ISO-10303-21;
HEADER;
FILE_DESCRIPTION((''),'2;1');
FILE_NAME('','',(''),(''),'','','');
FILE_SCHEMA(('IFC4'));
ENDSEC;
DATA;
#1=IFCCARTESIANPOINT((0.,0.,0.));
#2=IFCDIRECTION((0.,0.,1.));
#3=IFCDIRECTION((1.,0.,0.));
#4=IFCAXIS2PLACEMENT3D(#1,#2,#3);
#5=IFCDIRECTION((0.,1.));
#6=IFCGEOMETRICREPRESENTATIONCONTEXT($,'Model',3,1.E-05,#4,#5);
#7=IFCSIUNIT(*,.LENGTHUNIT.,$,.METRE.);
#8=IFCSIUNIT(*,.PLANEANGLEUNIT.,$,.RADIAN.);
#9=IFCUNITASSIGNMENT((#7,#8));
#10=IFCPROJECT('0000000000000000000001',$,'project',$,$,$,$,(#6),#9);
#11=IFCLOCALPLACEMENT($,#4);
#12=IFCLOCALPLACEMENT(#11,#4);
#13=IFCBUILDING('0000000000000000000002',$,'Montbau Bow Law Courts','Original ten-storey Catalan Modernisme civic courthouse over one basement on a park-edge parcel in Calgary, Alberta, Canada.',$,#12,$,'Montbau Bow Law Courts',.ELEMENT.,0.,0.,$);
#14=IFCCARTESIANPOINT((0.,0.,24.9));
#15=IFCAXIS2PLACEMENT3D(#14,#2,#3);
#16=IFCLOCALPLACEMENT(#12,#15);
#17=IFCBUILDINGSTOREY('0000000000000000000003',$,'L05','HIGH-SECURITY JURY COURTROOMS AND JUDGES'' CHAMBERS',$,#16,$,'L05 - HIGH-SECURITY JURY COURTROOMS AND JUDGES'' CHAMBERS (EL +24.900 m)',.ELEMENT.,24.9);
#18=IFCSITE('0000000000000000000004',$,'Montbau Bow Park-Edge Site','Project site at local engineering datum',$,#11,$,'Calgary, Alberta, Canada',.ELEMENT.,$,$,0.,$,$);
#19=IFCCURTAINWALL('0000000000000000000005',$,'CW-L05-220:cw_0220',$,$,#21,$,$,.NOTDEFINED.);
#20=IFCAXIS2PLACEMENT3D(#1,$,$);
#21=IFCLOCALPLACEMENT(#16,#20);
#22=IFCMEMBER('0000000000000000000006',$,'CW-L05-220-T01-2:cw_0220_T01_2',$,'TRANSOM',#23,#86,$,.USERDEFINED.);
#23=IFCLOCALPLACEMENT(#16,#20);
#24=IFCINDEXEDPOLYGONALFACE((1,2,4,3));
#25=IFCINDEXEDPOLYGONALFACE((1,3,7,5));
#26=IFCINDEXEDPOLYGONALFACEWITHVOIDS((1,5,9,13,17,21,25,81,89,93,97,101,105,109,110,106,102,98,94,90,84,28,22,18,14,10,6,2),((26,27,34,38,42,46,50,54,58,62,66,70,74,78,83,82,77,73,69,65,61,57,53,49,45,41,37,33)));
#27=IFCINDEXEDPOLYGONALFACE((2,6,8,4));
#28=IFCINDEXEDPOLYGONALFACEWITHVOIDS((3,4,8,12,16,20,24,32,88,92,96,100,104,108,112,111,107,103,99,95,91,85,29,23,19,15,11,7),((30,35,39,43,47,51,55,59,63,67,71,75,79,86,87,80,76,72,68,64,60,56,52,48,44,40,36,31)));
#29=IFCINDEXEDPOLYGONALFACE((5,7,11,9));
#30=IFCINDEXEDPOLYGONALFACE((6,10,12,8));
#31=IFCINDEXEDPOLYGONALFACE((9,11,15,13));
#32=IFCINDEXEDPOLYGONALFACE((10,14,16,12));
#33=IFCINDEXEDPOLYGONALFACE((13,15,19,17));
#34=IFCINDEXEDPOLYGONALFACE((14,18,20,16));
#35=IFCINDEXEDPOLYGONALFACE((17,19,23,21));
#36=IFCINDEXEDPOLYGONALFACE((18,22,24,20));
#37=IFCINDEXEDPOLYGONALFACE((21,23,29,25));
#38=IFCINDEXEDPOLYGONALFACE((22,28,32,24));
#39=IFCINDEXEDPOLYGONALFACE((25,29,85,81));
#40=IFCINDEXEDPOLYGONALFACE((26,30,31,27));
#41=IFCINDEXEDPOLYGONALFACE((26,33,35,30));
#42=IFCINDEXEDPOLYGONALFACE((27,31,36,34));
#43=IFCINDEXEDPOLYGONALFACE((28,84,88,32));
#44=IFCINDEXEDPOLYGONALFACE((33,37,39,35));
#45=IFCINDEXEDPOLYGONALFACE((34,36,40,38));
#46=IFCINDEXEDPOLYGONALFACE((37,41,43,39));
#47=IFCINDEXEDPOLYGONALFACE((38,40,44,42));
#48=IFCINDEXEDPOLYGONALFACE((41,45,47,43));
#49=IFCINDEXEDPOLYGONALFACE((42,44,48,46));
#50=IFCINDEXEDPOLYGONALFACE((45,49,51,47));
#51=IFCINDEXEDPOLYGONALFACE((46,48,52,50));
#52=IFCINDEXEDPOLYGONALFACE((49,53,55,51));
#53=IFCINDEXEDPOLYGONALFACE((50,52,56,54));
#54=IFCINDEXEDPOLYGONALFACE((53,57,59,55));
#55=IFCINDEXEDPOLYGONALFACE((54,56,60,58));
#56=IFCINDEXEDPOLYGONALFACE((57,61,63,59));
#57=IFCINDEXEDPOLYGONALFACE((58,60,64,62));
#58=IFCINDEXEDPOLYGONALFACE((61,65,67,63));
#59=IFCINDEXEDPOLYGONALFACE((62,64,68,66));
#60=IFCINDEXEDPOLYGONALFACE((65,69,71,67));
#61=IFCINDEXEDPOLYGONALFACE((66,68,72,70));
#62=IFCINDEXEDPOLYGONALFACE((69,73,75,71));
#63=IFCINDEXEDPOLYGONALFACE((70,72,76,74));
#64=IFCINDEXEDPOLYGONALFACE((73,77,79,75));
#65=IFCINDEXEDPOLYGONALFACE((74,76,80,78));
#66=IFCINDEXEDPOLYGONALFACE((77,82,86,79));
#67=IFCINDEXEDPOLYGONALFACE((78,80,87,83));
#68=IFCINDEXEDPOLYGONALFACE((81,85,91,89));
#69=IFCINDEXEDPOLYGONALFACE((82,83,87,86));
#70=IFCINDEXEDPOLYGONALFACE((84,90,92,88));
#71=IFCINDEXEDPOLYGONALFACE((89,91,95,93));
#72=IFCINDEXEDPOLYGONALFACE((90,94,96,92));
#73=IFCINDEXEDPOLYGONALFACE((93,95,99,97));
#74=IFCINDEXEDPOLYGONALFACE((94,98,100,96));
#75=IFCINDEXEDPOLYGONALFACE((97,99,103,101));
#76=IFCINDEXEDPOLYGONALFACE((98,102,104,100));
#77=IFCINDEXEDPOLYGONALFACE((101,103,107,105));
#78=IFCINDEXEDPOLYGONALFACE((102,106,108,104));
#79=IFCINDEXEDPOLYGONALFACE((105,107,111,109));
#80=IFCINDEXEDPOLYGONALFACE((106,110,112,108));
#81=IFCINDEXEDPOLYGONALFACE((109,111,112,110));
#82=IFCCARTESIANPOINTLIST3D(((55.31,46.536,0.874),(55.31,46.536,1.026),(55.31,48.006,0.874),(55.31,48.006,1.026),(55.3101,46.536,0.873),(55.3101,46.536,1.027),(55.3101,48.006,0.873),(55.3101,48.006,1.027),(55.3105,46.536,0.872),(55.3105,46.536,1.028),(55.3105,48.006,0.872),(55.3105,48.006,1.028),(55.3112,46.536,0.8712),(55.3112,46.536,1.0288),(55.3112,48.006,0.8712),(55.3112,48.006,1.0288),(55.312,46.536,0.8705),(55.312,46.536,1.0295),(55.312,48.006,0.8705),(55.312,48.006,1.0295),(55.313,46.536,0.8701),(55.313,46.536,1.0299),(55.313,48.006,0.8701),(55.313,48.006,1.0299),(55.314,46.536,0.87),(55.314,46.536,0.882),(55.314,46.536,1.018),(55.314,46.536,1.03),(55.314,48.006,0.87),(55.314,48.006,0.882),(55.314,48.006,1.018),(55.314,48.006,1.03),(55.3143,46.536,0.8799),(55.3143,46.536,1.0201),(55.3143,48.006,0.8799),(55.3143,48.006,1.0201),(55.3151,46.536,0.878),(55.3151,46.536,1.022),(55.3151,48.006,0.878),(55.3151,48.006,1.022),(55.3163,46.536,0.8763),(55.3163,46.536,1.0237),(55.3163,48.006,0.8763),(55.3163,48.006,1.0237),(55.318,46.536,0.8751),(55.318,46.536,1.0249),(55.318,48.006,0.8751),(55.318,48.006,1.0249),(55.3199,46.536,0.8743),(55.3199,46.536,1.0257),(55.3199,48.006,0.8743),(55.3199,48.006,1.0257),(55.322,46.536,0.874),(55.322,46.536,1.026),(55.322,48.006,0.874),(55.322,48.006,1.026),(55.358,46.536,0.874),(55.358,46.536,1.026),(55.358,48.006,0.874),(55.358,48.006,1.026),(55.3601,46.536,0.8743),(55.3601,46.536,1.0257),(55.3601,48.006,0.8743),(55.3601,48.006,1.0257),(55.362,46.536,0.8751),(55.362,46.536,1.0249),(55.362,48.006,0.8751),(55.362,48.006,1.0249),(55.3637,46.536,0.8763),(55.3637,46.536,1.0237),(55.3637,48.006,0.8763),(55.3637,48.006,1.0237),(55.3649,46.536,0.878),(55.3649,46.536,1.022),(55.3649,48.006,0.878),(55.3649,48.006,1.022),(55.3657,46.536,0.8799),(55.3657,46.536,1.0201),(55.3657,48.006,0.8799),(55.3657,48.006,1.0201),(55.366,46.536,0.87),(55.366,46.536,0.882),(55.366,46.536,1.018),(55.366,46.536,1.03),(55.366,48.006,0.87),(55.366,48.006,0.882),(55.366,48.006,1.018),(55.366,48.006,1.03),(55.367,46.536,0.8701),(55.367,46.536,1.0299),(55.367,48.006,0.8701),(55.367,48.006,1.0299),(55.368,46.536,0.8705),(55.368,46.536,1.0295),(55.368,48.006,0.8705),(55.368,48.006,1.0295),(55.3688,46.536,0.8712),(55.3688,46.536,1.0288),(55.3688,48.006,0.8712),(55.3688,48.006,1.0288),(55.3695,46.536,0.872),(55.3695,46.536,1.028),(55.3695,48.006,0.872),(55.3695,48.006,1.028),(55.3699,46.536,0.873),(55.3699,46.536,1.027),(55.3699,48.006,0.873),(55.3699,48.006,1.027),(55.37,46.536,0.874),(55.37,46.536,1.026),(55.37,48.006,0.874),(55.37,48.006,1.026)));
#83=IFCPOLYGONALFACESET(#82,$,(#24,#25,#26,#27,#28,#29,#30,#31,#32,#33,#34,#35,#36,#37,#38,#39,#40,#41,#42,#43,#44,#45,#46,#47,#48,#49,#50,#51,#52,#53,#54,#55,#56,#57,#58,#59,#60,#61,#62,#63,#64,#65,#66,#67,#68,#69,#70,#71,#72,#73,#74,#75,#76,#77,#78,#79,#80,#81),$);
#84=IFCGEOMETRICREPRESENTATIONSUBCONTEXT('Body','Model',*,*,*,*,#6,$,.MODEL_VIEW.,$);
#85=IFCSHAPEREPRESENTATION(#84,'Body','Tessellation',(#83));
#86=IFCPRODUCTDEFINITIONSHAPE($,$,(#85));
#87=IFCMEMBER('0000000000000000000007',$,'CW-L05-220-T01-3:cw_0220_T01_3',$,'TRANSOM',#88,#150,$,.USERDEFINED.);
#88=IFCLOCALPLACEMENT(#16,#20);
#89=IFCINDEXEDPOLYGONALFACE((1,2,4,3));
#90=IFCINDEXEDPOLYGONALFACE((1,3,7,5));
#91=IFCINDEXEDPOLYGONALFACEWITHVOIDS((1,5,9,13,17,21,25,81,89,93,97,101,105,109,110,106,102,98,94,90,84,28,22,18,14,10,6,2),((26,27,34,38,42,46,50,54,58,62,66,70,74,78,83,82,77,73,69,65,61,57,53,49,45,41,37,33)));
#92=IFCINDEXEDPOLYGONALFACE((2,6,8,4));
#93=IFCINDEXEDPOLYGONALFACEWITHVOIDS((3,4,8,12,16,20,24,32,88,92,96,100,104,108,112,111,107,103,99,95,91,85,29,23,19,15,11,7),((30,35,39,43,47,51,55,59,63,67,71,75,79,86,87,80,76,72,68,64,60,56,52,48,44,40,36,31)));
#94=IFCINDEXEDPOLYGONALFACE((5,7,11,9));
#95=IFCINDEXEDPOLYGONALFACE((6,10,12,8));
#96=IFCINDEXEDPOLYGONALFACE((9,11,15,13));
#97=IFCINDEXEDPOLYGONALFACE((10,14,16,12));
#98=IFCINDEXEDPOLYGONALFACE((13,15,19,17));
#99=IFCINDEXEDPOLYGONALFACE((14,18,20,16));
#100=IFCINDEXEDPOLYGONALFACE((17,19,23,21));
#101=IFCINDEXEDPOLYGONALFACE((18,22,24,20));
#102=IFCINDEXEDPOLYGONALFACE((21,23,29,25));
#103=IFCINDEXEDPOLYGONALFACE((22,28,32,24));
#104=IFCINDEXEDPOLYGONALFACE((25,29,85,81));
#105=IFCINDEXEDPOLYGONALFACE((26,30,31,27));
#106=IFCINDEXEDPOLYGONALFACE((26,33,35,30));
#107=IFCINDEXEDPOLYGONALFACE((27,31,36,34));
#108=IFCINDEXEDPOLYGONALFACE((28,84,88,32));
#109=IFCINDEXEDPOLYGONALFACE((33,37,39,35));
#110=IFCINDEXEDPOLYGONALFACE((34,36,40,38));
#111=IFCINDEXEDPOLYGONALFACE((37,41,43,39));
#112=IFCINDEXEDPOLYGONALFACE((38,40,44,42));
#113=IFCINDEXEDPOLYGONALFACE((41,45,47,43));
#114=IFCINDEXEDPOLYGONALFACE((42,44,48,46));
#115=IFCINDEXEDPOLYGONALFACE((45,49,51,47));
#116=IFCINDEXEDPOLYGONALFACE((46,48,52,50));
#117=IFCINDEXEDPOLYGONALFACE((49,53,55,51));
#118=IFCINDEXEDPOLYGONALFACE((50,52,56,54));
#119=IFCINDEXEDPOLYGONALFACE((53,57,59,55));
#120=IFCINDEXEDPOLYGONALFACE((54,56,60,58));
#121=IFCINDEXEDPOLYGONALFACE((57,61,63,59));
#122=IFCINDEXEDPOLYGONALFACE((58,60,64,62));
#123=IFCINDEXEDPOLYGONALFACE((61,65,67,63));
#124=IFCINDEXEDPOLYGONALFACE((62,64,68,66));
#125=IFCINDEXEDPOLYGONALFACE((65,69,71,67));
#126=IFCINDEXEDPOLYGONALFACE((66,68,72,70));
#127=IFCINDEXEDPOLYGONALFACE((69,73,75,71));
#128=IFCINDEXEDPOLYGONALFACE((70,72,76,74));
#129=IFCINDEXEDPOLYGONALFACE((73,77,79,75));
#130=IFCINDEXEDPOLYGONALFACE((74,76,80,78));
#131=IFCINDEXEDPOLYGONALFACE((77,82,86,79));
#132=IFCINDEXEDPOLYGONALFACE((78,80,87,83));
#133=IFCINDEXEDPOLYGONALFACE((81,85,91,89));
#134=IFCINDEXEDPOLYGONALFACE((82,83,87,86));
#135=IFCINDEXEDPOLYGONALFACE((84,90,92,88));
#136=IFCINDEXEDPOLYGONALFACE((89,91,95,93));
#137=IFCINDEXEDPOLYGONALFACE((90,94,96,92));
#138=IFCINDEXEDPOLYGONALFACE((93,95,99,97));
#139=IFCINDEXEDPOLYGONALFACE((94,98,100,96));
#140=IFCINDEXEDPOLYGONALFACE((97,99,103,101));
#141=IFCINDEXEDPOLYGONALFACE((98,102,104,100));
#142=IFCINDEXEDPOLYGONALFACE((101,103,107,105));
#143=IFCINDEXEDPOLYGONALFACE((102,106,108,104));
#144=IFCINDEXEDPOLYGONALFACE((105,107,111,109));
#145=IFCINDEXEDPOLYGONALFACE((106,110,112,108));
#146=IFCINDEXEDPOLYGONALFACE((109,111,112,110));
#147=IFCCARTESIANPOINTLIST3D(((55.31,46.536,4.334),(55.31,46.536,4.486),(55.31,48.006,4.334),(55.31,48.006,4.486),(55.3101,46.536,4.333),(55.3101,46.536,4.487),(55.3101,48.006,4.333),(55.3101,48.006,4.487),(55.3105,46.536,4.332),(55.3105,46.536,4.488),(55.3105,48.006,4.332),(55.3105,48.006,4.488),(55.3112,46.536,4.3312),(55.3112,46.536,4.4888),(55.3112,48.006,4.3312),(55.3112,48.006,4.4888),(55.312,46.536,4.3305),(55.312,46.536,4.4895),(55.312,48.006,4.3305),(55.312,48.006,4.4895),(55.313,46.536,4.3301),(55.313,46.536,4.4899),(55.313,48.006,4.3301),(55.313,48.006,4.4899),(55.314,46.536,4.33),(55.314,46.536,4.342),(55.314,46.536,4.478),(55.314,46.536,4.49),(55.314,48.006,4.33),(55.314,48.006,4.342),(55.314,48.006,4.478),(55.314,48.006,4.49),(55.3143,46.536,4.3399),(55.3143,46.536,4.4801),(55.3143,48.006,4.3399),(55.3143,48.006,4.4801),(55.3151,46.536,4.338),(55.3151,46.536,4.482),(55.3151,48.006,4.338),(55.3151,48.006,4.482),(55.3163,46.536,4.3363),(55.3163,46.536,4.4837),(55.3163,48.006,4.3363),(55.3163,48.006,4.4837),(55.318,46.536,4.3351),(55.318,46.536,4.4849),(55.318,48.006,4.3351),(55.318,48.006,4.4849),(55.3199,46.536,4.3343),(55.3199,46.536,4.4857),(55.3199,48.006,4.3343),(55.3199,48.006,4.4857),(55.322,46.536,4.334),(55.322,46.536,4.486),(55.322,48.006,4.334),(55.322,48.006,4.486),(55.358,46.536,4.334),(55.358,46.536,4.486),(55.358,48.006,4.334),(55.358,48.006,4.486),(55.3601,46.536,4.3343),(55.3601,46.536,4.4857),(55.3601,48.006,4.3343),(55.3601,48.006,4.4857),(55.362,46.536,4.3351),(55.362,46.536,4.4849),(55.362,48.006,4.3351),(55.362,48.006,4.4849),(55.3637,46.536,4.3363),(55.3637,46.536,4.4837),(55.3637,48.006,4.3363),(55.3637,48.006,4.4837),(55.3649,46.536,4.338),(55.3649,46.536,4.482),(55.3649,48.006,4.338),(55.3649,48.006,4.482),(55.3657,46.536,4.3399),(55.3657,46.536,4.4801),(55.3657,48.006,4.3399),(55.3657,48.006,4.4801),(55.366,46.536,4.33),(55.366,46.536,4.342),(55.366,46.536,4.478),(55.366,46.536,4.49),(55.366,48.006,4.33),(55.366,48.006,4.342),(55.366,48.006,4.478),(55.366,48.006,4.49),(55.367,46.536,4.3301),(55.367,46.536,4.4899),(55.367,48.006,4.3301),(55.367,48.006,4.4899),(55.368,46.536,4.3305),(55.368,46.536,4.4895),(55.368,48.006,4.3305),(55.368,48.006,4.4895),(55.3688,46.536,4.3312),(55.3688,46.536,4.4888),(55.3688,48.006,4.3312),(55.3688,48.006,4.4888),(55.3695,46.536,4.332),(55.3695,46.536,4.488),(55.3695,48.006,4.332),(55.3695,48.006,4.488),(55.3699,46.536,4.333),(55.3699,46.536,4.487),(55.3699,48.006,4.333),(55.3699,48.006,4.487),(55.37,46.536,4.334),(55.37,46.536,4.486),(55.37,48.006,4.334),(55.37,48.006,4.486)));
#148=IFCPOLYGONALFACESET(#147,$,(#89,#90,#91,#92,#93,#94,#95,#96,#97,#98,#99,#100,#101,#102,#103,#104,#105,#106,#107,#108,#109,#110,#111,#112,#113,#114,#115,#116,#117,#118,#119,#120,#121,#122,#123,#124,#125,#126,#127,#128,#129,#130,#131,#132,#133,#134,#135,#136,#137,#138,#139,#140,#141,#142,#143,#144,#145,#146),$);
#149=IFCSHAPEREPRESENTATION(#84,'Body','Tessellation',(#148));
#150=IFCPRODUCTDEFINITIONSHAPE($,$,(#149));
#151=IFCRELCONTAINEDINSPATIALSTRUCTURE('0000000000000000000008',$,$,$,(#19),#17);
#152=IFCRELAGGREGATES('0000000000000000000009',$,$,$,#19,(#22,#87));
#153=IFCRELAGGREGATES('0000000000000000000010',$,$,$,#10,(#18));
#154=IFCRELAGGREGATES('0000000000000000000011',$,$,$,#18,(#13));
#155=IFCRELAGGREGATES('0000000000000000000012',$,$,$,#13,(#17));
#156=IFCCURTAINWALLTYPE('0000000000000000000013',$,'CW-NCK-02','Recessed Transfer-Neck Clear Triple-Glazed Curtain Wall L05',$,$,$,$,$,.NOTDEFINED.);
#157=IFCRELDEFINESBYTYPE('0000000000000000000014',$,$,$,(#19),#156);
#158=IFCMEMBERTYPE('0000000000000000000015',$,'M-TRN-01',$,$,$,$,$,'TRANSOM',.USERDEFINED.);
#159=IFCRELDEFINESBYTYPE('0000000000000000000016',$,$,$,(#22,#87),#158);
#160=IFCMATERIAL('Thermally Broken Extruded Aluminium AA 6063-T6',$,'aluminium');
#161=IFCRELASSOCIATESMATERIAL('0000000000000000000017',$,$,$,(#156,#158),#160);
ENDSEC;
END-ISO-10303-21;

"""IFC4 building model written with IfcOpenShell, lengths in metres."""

from ifc_helpers import new_model, si_unit, direction, frame, origin_with_axes, origin_2d_with_axis, place, context, subcontext, project, spatial, hollow_rectangle, extrude, material, material_profile, profile_set, type_object, element, aggregate, save


model = new_model("IFC4")

# Units and contexts
model_context = context("Model", 3, precision=1e-05, world=origin_with_axes(), true_north=direction((0.0, 1.0)))
body_context = subcontext(model_context, "Body", "Model", "MODEL_VIEW")
ifc_project = project(units=[si_unit("LENGTHUNIT", "METRE"), si_unit("PLANEANGLEUNIT", "RADIAN")], contexts=[model_context])

# Site, building, storey
site_placement = place(None, origin_with_axes())
site = spatial("IfcSite", under=ifc_project, at=site_placement, Name="Montbau Bow Park-Edge Site", Description="Project site at local engineering datum", LongName="Calgary, Alberta, Canada", CompositionType="ELEMENT", RefElevation=0.0)
building_placement = place(site_placement, origin_with_axes())
building = spatial("IfcBuilding", under=site, at=building_placement, Name="Montbau Bow Law Courts", Description="Original ten-storey Catalan Modernisme civic courthouse over one basement on a park-edge parcel in Calgary, Alberta, Canada.", LongName="Montbau Bow Law Courts", CompositionType="ELEMENT", ElevationOfRefHeight=0.0, ElevationOfTerrain=0.0)
storey_placement = place(building_placement, frame((0.0, 0.0, 24.9), z_axis=(0.0, 0.0, 1.0), x_axis=(1.0, 0.0, 0.0)))
storey = spatial("IfcBuildingStorey", under=building, at=storey_placement, Name="L05", Description="HIGH-SECURITY JURY COURTROOMS AND JUDGES' CHAMBERS", LongName="L05 - HIGH-SECURITY JURY COURTROOMS AND JUDGES' CHAMBERS (EL +24.900 m)", CompositionType="ELEMENT", Elevation=24.9)

# Curtain wall, members
ifc_material_1 = material(Name="Thermally Broken Extruded Aluminium AA 6063-T6", Category="aluminium")
curtain_wall_type = type_object("IfcCurtainWallType", Name="CW-NCK-02", Description="Recessed Transfer-Neck Clear Triple-Glazed Curtain Wall L05", PredefinedType="NOTDEFINED", material=ifc_material_1)
curtain_wall_1_placement = place(None, frame((55.34, 46.468, 24.9), z_axis=(0.0, 0.0, 1.0), x_axis=(1.0, 0.0, 0.0)))
curtain_wall_1 = element("IfcCurtainWall", 1, at=curtain_wall_1_placement, inside=storey, type_object=curtain_wall_type, Name="CW-L05-220:cw_0220", PredefinedType="NOTDEFINED")
ifc_material_profile_1 = material_profile(ifc_material_1, hollow_rectangle(XDim=0.06, YDim=0.16, WallThickness=0.004, InnerFilletRadius=0.008, OuterFilletRadius=0.004, at=origin_2d_with_axis()), Name="CWT-160X60", Category="Main", Priority=0)
ifc_profile_set_1 = profile_set([ifc_material_profile_1], Name="Thermally Broken Extruded Aluminium AA 6063-T6")
member_type_1 = type_object("IfcMemberType", Name="M-TRN-01", ElementType="TRANSOM", PredefinedType="USERDEFINED", material=ifc_profile_set_1)
member_1_placement = place(None, frame((55.34, 46.536, 25.85), z_axis=(0.0, 1.0, 0.0), x_axis=(-1.0, 0.0, 0.0)))
member_1 = element("IfcMember", 2, at=member_1_placement, type_object=member_type_1, Name="CW-L05-220-T01-2:cw_0220_T01_2", ObjectType="TRANSOM", PredefinedType="USERDEFINED", context=body_context, shape_type="SweptSolid", body=[
    extrude(hollow_rectangle(XDim=0.06, YDim=0.16, WallThickness=0.004, InnerFilletRadius=0.008, OuterFilletRadius=0.004, at=origin_2d_with_axis()), origin_with_axes(), (0.0, 0.0, 1.0), 1.47),
])
member_2_placement = place(None, frame((55.34, 46.536, 29.31), z_axis=(0.0, 1.0, 0.0), x_axis=(-1.0, 0.0, 0.0)))
member_2 = element("IfcMember", 3, at=member_2_placement, type_object=member_type_1, Name="CW-L05-220-T01-3:cw_0220_T01_3", ObjectType="TRANSOM", PredefinedType="USERDEFINED", context=body_context, shape_type="SweptSolid", body=[
    extrude(hollow_rectangle(XDim=0.06, YDim=0.16, WallThickness=0.004, InnerFilletRadius=0.008, OuterFilletRadius=0.004, at=origin_2d_with_axis()), origin_with_axes(), (0.0, 0.0, 1.0), 1.47),
])

aggregate(curtain_wall_1, [member_1, member_2])

save(model, "model.ifc")
